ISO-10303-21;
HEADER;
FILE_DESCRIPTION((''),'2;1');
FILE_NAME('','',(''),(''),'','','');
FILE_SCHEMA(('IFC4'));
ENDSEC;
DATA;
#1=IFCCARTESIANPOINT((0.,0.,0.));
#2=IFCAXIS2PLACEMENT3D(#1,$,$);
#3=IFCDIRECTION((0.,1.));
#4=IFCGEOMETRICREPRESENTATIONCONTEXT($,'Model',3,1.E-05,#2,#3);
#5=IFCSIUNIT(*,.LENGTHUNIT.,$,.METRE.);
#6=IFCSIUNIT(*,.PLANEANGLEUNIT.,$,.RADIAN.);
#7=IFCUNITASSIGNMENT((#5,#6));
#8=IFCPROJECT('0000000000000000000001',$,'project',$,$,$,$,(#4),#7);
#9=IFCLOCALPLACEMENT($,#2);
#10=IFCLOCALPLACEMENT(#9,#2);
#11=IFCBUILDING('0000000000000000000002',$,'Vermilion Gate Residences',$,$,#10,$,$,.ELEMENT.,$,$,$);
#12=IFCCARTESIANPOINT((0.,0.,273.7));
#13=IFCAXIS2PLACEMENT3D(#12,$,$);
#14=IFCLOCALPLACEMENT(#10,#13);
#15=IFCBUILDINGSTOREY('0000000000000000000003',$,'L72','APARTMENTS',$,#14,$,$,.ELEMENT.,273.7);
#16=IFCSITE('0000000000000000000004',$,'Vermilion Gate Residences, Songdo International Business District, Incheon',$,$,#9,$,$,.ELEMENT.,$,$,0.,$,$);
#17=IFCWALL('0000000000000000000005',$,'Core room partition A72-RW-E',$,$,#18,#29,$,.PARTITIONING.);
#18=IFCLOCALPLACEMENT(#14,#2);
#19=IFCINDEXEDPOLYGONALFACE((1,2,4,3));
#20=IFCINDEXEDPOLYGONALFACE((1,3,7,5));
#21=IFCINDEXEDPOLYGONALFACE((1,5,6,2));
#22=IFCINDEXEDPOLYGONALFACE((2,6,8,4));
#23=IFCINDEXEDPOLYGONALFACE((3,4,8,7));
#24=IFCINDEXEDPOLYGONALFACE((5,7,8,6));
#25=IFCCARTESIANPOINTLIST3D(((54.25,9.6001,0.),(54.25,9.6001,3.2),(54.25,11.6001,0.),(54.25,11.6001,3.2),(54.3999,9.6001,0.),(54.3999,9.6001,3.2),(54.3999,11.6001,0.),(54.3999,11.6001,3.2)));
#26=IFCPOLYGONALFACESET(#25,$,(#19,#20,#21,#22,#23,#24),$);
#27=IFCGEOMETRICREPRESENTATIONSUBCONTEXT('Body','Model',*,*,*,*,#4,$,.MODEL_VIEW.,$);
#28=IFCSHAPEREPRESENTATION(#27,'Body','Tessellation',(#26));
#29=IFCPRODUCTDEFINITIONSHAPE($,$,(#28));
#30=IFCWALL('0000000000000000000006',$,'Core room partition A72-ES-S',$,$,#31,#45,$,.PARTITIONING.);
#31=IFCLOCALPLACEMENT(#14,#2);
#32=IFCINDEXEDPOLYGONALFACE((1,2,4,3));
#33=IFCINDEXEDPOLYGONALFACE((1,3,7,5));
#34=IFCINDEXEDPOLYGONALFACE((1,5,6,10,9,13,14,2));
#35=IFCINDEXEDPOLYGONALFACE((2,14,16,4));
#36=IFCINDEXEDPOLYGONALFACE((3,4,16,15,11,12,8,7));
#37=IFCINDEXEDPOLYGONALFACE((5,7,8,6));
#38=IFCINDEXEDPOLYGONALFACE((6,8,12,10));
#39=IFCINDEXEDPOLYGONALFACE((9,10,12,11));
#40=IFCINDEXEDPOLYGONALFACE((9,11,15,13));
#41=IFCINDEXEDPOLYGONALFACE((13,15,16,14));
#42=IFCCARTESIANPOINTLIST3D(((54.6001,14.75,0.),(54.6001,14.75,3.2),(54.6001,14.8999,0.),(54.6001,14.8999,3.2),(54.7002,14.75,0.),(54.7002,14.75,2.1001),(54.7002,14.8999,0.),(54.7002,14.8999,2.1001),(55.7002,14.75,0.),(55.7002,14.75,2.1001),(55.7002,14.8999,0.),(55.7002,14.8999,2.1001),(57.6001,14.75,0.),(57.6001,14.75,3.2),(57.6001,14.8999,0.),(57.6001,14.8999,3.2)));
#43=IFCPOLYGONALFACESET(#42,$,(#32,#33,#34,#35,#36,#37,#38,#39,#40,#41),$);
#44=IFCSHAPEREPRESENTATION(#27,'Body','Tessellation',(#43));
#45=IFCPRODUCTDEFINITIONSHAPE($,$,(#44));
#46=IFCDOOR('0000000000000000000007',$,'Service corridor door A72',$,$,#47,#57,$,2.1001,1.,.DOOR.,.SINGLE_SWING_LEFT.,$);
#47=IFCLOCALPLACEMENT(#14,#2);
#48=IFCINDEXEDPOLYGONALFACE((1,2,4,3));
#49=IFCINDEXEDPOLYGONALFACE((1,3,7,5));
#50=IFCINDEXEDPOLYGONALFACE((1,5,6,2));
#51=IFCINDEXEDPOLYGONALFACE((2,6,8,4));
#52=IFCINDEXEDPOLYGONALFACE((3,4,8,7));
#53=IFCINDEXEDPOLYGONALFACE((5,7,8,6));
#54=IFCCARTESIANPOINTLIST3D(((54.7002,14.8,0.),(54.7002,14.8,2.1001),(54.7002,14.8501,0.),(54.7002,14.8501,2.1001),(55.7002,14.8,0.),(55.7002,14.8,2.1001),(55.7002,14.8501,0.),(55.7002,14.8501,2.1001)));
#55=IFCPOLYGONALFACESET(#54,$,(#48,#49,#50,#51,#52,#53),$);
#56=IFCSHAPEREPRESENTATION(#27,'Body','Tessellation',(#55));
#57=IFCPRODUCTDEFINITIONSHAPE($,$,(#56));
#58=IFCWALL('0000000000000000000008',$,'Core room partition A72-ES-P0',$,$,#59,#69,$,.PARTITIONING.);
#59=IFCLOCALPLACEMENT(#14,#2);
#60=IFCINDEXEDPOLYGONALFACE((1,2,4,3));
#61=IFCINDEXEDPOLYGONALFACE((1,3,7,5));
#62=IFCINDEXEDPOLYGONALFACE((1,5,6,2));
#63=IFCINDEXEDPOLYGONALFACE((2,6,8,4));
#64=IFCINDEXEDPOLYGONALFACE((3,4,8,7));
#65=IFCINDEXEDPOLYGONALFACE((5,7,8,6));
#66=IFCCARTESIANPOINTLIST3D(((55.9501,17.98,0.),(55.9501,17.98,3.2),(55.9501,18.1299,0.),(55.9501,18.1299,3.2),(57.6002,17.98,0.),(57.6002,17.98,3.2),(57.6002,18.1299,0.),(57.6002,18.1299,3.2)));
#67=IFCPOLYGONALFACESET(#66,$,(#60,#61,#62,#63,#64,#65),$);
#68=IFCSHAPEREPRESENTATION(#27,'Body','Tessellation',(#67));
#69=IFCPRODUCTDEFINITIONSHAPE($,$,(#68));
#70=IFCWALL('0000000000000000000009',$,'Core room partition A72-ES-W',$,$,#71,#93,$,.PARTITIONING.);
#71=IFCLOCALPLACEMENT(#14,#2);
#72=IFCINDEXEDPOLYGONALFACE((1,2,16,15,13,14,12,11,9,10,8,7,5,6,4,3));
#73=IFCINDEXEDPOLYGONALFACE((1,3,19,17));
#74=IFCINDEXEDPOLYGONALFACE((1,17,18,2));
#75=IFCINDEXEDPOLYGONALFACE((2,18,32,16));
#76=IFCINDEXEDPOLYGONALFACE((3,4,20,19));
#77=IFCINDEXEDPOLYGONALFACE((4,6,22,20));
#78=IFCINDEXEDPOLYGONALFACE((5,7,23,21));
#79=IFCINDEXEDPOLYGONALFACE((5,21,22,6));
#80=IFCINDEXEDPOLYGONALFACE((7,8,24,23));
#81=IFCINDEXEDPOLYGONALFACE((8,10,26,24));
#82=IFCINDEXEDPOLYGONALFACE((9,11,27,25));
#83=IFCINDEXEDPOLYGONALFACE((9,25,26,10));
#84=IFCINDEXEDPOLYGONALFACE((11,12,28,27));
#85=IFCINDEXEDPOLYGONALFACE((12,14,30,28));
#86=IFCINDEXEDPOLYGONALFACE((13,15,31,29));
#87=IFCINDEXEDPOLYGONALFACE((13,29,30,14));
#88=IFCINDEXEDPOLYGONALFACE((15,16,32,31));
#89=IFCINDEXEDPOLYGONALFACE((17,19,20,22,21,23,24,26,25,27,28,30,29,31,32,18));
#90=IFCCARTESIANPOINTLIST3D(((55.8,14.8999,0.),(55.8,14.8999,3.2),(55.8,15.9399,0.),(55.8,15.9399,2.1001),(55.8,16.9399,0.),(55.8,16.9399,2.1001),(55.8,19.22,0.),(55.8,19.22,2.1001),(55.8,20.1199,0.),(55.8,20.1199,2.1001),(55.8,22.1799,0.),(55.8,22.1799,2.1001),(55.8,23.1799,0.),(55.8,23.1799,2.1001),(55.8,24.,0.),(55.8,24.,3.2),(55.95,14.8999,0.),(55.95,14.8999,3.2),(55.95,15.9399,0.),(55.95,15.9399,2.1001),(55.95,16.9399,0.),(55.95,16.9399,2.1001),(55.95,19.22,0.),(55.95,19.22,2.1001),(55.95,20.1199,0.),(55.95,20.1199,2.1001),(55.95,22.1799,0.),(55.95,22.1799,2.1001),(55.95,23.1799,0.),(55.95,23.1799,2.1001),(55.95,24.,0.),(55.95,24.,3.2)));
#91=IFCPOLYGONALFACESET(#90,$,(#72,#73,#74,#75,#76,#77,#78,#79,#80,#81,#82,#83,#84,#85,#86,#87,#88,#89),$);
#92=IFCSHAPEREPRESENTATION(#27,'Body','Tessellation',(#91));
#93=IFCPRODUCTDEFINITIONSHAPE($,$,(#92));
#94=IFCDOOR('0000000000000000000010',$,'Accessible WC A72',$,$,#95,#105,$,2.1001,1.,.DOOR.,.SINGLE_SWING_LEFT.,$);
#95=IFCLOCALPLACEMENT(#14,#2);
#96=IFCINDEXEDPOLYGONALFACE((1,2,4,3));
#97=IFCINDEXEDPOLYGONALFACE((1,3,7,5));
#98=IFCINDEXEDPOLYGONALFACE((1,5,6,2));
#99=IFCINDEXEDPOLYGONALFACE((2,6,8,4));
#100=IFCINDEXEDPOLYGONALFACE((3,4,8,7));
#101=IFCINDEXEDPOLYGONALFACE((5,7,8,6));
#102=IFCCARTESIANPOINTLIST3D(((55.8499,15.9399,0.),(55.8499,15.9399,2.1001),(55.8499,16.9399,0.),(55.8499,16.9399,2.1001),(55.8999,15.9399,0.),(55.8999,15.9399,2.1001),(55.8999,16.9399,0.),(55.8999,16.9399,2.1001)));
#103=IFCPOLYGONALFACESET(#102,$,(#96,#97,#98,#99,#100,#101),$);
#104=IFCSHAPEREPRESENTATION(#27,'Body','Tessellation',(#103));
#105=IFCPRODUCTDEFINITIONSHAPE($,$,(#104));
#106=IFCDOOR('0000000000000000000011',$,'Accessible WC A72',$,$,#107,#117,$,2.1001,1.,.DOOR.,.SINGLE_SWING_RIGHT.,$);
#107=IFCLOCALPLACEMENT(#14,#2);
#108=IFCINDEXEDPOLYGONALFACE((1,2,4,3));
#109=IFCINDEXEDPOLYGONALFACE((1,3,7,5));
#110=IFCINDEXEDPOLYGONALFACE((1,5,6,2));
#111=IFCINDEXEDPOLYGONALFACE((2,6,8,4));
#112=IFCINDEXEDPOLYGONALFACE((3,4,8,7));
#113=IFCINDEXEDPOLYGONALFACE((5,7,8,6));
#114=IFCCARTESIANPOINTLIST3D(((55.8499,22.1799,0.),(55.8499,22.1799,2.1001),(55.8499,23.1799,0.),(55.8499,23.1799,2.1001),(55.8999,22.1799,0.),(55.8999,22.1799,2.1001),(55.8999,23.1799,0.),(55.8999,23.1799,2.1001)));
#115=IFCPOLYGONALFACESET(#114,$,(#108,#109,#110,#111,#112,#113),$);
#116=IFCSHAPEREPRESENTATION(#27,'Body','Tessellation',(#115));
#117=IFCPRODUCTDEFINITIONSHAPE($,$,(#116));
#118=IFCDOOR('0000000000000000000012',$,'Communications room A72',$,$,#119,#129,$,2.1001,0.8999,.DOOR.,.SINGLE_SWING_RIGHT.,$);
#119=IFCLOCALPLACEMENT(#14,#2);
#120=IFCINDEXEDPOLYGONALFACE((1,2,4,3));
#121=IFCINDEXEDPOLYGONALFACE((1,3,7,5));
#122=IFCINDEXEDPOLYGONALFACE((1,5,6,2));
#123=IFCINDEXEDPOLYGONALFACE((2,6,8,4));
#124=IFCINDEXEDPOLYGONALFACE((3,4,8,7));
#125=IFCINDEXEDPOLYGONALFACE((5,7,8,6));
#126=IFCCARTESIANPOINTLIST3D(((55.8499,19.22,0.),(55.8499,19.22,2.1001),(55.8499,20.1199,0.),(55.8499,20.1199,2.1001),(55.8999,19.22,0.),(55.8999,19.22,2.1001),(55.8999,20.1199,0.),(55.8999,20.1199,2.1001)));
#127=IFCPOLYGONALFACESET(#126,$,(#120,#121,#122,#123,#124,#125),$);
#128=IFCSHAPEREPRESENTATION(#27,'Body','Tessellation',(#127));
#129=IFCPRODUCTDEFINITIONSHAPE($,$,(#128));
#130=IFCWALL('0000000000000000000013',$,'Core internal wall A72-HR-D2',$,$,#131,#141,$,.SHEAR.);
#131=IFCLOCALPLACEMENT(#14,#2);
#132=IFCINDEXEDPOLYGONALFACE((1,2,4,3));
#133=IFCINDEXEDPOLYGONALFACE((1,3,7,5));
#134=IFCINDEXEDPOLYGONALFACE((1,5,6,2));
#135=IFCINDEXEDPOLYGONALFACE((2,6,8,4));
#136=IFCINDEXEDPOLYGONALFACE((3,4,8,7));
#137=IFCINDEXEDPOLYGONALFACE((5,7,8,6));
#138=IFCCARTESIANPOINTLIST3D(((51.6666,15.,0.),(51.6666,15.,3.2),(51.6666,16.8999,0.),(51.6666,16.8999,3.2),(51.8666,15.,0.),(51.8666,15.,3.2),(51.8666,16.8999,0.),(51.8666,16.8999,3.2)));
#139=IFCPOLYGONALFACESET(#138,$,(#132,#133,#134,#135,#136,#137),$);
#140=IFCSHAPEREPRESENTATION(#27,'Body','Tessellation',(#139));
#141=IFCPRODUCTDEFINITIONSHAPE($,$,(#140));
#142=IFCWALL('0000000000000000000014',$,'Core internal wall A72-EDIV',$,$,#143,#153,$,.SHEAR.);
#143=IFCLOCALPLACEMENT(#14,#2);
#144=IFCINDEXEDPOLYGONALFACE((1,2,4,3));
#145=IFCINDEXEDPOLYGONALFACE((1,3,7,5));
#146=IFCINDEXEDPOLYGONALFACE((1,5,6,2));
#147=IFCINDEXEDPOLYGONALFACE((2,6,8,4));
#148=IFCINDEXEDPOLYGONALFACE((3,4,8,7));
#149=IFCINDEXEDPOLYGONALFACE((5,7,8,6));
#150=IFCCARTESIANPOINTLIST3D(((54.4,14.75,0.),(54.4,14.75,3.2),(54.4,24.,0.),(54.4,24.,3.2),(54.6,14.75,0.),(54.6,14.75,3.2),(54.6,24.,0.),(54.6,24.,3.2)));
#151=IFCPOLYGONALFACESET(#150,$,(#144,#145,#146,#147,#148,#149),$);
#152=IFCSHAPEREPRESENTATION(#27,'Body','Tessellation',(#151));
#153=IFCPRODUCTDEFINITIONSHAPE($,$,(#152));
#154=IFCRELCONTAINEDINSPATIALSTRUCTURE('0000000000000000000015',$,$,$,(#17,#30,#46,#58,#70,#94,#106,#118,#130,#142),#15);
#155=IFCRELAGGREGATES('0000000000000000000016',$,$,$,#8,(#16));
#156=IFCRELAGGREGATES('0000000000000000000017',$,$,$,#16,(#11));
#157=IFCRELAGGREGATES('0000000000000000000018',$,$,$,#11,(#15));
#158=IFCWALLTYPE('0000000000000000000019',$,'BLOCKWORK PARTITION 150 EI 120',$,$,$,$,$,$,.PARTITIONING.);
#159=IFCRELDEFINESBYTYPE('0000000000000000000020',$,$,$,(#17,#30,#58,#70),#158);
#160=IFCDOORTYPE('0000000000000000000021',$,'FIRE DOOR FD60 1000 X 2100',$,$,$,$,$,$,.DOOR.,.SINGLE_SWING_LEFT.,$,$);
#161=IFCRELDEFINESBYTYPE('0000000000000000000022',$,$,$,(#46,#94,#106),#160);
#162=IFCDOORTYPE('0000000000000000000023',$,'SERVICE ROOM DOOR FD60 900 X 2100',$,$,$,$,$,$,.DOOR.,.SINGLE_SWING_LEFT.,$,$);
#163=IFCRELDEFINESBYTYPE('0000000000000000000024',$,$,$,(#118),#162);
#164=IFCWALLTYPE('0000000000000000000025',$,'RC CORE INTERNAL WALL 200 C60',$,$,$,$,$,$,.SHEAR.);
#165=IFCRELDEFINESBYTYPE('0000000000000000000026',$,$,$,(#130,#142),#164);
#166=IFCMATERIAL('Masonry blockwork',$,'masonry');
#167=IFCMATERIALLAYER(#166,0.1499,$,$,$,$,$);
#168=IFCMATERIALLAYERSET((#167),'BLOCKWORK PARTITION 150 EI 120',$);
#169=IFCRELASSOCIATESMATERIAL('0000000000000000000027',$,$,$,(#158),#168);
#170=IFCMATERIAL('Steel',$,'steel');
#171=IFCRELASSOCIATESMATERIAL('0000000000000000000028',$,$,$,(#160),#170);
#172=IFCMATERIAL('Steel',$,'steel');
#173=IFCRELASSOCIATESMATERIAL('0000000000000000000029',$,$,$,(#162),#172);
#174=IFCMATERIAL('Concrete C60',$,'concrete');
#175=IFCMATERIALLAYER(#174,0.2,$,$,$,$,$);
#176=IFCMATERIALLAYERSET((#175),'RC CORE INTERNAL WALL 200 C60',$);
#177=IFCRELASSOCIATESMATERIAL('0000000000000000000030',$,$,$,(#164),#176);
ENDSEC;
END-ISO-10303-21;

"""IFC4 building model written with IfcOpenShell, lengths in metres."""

from ifc_helpers import new_model, si_unit, direction, frame, frame_2d, origin, place, context, subcontext, project, spatial, rectangle, extrude, material, layer, layer_set, type_object, element, fill, save


model = new_model("IFC4")

# Units and contexts
model_context = context("Model", 3, precision=1e-05, world=origin(), true_north=direction((0.0, 1.0)))
body_context = subcontext(model_context, "Body", "Model", "MODEL_VIEW")
ifc_project = project(units=[si_unit("LENGTHUNIT", "METRE"), si_unit("PLANEANGLEUNIT", "RADIAN")], contexts=[model_context])

# Site, building, storey
site_placement = place(None, origin())
site = spatial("IfcSite", under=ifc_project, at=site_placement, Name="Vermilion Gate Residences, Songdo International Business District, Incheon", CompositionType="ELEMENT", RefElevation=0.0)
building_placement = place(site_placement, origin())
building = spatial("IfcBuilding", under=site, at=building_placement, Name="Vermilion Gate Residences", CompositionType="ELEMENT")
storey_placement = place(building_placement, frame((0.0, 0.0, 273.7)))
storey = spatial("IfcBuildingStorey", under=building, at=storey_placement, Name="L72", Description="APARTMENTS", CompositionType="ELEMENT", Elevation=273.7)

# Wall
ifc_material_1 = material(Name="Masonry blockwork", Category="masonry")
ifc_layer_1 = layer(ifc_material_1, 0.1499)
ifc_layer_set_1 = layer_set([ifc_layer_1], Name="BLOCKWORK PARTITION 150 EI 120")
wall_type_1 = type_object("IfcWallType", Name="BLOCKWORK PARTITION 150 EI 120", PredefinedType="PARTITIONING", material=ifc_layer_set_1)
wall_1_placement = place(storey_placement, frame((54.325, 9.6001, 0.0), z_axis=(0.0, 0.0, 1.0), x_axis=(0.0, 1.0, 0.0)))
element("IfcWall", 1, at=wall_1_placement, inside=storey, type_object=wall_type_1, Name="Core room partition A72-RW-E", PredefinedType="PARTITIONING", context=body_context, shape_type="SweptSolid", body=[
    extrude(rectangle(XDim=2.0, YDim=0.1499, at=frame_2d((1.0, 0.0))), origin(), (0.0, 0.0, 1.0), 3.2),
])

# Wall, opening, door
wall_2_placement = place(storey_placement, frame((54.6001, 14.825, 0.0), z_axis=(0.0, 0.0, 1.0), x_axis=(1.0, 0.0, 0.0)))
wall_2 = element("IfcWall", 2, at=wall_2_placement, inside=storey, type_object=wall_type_1, Name="Core room partition A72-ES-S", PredefinedType="PARTITIONING", context=body_context, shape_type="SweptSolid", body=[
    extrude(rectangle(XDim=3.0, YDim=0.1499, at=frame_2d((1.5, 0.0))), origin(), (0.0, 0.0, 1.0), 3.2),
])
opening_1_placement = place(wall_2_placement, frame((0.1001, 0.0, 0.0)))
opening_1 = element("IfcOpeningElement", 3, at=opening_1_placement, cuts=wall_2, PredefinedType="OPENING", context=body_context, shape_type="SweptSolid", body=[
    extrude(rectangle(XDim=1.0, YDim=2.1001, at=frame_2d((0.5, 1.05))), frame((0.0, 0.085, 0.0), z_axis=(0.0, -1.0, 0.0), x_axis=(1.0, 0.0, 0.0)), (0.0, 0.0, 1.0), 0.1699),
])
ifc_material_2 = material(Name="Steel", Category="steel")
door_type_1 = type_object("IfcDoorType", Name="FIRE DOOR FD60 1000 X 2100", OperationType="SINGLE_SWING_LEFT", PredefinedType="DOOR", material=ifc_material_2)
door_1_placement = place(opening_1_placement, frame((1.0, 0.0, 0.0), z_axis=(0.0, 0.0, 1.0), x_axis=(-1.0, 0.0, 0.0)))
door_1 = element("IfcDoor", 4, at=door_1_placement, inside=storey, type_object=door_type_1, Name="Service corridor door A72", OperationType="SINGLE_SWING_LEFT", OverallHeight=2.1001, OverallWidth=1.0, PredefinedType="DOOR", context=body_context, shape_type="SweptSolid", body=[
    extrude(rectangle(XDim=1.0, YDim=2.1001, at=frame_2d((0.5, 1.05))), frame((0.0, 0.0249, 0.0), z_axis=(0.0, -1.0, 0.0), x_axis=(1.0, 0.0, 0.0)), (0.0, 0.0, 1.0), 0.05),
])
fill(opening_1, door_1)

# Wall
wall_3_placement = place(storey_placement, frame((55.95, 18.0549, 0.0), z_axis=(0.0, 0.0, 1.0), x_axis=(1.0, 0.0, 0.0)))
element("IfcWall", 5, at=wall_3_placement, inside=storey, type_object=wall_type_1, Name="Core room partition A72-ES-P0", PredefinedType="PARTITIONING", context=body_context, shape_type="SweptSolid", body=[
    extrude(rectangle(XDim=1.6501, YDim=0.1499, at=frame_2d((0.8252, 0.0))), origin(), (0.0, 0.0, 1.0), 3.2),
])

# Wall, openings, doors
wall_4_placement = place(storey_placement, frame((55.875, 14.8999, 0.0), z_axis=(0.0, 0.0, 1.0), x_axis=(0.0, 1.0, 0.0)))
wall_4 = element("IfcWall", 6, at=wall_4_placement, inside=storey, type_object=wall_type_1, Name="Core room partition A72-ES-W", PredefinedType="PARTITIONING", context=body_context, shape_type="SweptSolid", body=[
    extrude(rectangle(XDim=9.1001, YDim=0.1499, at=frame_2d((4.55, 0.0))), origin(), (0.0, 0.0, 1.0), 3.2),
])
opening_2_placement = place(wall_4_placement, frame((1.04, 0.0, 0.0)))
opening_2 = element("IfcOpeningElement", 7, at=opening_2_placement, cuts=wall_4, PredefinedType="OPENING", context=body_context, shape_type="SweptSolid", body=[
    extrude(rectangle(XDim=1.0, YDim=2.1001, at=frame_2d((0.5, 1.05))), frame((0.0, 0.085, 0.0), z_axis=(0.0, -1.0, 0.0), x_axis=(1.0, 0.0, 0.0)), (0.0, 0.0, 1.0), 0.1699),
])
opening_3_placement = place(wall_4_placement, frame((4.3201, 0.0, 0.0)))
opening_3 = element("IfcOpeningElement", 8, at=opening_3_placement, cuts=wall_4, PredefinedType="OPENING", context=body_context, shape_type="SweptSolid", body=[
    extrude(rectangle(XDim=0.8999, YDim=2.1001, at=frame_2d((0.45, 1.05))), frame((0.0, 0.085, 0.0), z_axis=(0.0, -1.0, 0.0), x_axis=(1.0, 0.0, 0.0)), (0.0, 0.0, 1.0), 0.1699),
])
opening_4_placement = place(wall_4_placement, frame((7.28, 0.0, 0.0)))
opening_4 = element("IfcOpeningElement", 9, at=opening_4_placement, cuts=wall_4, PredefinedType="OPENING", context=body_context, shape_type="SweptSolid", body=[
    extrude(rectangle(XDim=1.0, YDim=2.1001, at=frame_2d((0.5, 1.05))), frame((0.0, 0.085, 0.0), z_axis=(0.0, -1.0, 0.0), x_axis=(1.0, 0.0, 0.0)), (0.0, 0.0, 1.0), 0.1699),
])
door_2_placement = place(opening_2_placement, frame((1.0, 0.0, 0.0), z_axis=(0.0, 0.0, 1.0), x_axis=(-1.0, 0.0, 0.0)))
door_2 = element("IfcDoor", 10, at=door_2_placement, inside=storey, type_object=door_type_1, Name="Accessible WC A72", OperationType="SINGLE_SWING_LEFT", OverallHeight=2.1001, OverallWidth=1.0, PredefinedType="DOOR", context=body_context, shape_type="SweptSolid", body=[
    extrude(rectangle(XDim=1.0, YDim=2.1001, at=frame_2d((0.5, 1.05))), frame((0.0, 0.0249, 0.0), z_axis=(0.0, -1.0, 0.0), x_axis=(1.0, 0.0, 0.0)), (0.0, 0.0, 1.0), 0.05),
])
fill(opening_2, door_2)
door_3_placement = place(opening_4_placement, frame((1.0, 0.0, 0.0), z_axis=(0.0, 0.0, 1.0), x_axis=(-1.0, 0.0, 0.0)))
door_3 = element("IfcDoor", 11, at=door_3_placement, inside=storey, type_object=door_type_1, Name="Accessible WC A72", OperationType="SINGLE_SWING_RIGHT", OverallHeight=2.1001, OverallWidth=1.0, PredefinedType="DOOR", context=body_context, shape_type="SweptSolid", body=[
    extrude(rectangle(XDim=1.0, YDim=2.1001, at=frame_2d((0.5, 1.05))), frame((0.0, 0.0249, 0.0), z_axis=(0.0, -1.0, 0.0), x_axis=(1.0, 0.0, 0.0)), (0.0, 0.0, 1.0), 0.05),
])
fill(opening_4, door_3)
ifc_material_3 = material(Name="Steel", Category="steel")
door_type_2 = type_object("IfcDoorType", Name="SERVICE ROOM DOOR FD60 900 X 2100", OperationType="SINGLE_SWING_LEFT", PredefinedType="DOOR", material=ifc_material_3)
door_4_placement = place(opening_3_placement, frame((0.8999, 0.0, 0.0), z_axis=(0.0, 0.0, 1.0), x_axis=(-1.0, 0.0, 0.0)))
door_4 = element("IfcDoor", 12, at=door_4_placement, inside=storey, type_object=door_type_2, Name="Communications room A72", OperationType="SINGLE_SWING_RIGHT", OverallHeight=2.1001, OverallWidth=0.8999, PredefinedType="DOOR", context=body_context, shape_type="SweptSolid", body=[
    extrude(rectangle(XDim=0.8999, YDim=2.1001, at=frame_2d((0.45, 1.05))), frame((0.0, 0.0249, 0.0), z_axis=(0.0, -1.0, 0.0), x_axis=(1.0, 0.0, 0.0)), (0.0, 0.0, 1.0), 0.05),
])
fill(opening_3, door_4)

# Walls
ifc_material_4 = material(Name="Concrete C60", Category="concrete")
ifc_layer_2 = layer(ifc_material_4, 0.2)
ifc_layer_set_2 = layer_set([ifc_layer_2], Name="RC CORE INTERNAL WALL 200 C60")
wall_type_2 = type_object("IfcWallType", Name="RC CORE INTERNAL WALL 200 C60", PredefinedType="SHEAR", material=ifc_layer_set_2)
wall_5_placement = place(storey_placement, frame((51.7666, 15.0, 0.0), z_axis=(0.0, 0.0, 1.0), x_axis=(0.0, 1.0, 0.0)))
element("IfcWall", 13, at=wall_5_placement, inside=storey, type_object=wall_type_2, Name="Core internal wall A72-HR-D2", PredefinedType="SHEAR", context=body_context, shape_type="SweptSolid", body=[
    extrude(rectangle(XDim=1.8999, YDim=0.2, at=frame_2d((0.95, 0.0))), origin(), (0.0, 0.0, 1.0), 3.2),
])
wall_6_placement = place(storey_placement, frame((54.5, 14.75, 0.0), z_axis=(0.0, 0.0, 1.0), x_axis=(0.0, 1.0, 0.0)))
element("IfcWall", 14, at=wall_6_placement, inside=storey, type_object=wall_type_2, Name="Core internal wall A72-EDIV", PredefinedType="SHEAR", context=body_context, shape_type="SweptSolid", body=[
    extrude(rectangle(XDim=9.25, YDim=0.2, at=frame_2d((4.625, 0.0))), origin(), (0.0, 0.0, 1.0), 3.2),
])

save(model, "model.ifc")
